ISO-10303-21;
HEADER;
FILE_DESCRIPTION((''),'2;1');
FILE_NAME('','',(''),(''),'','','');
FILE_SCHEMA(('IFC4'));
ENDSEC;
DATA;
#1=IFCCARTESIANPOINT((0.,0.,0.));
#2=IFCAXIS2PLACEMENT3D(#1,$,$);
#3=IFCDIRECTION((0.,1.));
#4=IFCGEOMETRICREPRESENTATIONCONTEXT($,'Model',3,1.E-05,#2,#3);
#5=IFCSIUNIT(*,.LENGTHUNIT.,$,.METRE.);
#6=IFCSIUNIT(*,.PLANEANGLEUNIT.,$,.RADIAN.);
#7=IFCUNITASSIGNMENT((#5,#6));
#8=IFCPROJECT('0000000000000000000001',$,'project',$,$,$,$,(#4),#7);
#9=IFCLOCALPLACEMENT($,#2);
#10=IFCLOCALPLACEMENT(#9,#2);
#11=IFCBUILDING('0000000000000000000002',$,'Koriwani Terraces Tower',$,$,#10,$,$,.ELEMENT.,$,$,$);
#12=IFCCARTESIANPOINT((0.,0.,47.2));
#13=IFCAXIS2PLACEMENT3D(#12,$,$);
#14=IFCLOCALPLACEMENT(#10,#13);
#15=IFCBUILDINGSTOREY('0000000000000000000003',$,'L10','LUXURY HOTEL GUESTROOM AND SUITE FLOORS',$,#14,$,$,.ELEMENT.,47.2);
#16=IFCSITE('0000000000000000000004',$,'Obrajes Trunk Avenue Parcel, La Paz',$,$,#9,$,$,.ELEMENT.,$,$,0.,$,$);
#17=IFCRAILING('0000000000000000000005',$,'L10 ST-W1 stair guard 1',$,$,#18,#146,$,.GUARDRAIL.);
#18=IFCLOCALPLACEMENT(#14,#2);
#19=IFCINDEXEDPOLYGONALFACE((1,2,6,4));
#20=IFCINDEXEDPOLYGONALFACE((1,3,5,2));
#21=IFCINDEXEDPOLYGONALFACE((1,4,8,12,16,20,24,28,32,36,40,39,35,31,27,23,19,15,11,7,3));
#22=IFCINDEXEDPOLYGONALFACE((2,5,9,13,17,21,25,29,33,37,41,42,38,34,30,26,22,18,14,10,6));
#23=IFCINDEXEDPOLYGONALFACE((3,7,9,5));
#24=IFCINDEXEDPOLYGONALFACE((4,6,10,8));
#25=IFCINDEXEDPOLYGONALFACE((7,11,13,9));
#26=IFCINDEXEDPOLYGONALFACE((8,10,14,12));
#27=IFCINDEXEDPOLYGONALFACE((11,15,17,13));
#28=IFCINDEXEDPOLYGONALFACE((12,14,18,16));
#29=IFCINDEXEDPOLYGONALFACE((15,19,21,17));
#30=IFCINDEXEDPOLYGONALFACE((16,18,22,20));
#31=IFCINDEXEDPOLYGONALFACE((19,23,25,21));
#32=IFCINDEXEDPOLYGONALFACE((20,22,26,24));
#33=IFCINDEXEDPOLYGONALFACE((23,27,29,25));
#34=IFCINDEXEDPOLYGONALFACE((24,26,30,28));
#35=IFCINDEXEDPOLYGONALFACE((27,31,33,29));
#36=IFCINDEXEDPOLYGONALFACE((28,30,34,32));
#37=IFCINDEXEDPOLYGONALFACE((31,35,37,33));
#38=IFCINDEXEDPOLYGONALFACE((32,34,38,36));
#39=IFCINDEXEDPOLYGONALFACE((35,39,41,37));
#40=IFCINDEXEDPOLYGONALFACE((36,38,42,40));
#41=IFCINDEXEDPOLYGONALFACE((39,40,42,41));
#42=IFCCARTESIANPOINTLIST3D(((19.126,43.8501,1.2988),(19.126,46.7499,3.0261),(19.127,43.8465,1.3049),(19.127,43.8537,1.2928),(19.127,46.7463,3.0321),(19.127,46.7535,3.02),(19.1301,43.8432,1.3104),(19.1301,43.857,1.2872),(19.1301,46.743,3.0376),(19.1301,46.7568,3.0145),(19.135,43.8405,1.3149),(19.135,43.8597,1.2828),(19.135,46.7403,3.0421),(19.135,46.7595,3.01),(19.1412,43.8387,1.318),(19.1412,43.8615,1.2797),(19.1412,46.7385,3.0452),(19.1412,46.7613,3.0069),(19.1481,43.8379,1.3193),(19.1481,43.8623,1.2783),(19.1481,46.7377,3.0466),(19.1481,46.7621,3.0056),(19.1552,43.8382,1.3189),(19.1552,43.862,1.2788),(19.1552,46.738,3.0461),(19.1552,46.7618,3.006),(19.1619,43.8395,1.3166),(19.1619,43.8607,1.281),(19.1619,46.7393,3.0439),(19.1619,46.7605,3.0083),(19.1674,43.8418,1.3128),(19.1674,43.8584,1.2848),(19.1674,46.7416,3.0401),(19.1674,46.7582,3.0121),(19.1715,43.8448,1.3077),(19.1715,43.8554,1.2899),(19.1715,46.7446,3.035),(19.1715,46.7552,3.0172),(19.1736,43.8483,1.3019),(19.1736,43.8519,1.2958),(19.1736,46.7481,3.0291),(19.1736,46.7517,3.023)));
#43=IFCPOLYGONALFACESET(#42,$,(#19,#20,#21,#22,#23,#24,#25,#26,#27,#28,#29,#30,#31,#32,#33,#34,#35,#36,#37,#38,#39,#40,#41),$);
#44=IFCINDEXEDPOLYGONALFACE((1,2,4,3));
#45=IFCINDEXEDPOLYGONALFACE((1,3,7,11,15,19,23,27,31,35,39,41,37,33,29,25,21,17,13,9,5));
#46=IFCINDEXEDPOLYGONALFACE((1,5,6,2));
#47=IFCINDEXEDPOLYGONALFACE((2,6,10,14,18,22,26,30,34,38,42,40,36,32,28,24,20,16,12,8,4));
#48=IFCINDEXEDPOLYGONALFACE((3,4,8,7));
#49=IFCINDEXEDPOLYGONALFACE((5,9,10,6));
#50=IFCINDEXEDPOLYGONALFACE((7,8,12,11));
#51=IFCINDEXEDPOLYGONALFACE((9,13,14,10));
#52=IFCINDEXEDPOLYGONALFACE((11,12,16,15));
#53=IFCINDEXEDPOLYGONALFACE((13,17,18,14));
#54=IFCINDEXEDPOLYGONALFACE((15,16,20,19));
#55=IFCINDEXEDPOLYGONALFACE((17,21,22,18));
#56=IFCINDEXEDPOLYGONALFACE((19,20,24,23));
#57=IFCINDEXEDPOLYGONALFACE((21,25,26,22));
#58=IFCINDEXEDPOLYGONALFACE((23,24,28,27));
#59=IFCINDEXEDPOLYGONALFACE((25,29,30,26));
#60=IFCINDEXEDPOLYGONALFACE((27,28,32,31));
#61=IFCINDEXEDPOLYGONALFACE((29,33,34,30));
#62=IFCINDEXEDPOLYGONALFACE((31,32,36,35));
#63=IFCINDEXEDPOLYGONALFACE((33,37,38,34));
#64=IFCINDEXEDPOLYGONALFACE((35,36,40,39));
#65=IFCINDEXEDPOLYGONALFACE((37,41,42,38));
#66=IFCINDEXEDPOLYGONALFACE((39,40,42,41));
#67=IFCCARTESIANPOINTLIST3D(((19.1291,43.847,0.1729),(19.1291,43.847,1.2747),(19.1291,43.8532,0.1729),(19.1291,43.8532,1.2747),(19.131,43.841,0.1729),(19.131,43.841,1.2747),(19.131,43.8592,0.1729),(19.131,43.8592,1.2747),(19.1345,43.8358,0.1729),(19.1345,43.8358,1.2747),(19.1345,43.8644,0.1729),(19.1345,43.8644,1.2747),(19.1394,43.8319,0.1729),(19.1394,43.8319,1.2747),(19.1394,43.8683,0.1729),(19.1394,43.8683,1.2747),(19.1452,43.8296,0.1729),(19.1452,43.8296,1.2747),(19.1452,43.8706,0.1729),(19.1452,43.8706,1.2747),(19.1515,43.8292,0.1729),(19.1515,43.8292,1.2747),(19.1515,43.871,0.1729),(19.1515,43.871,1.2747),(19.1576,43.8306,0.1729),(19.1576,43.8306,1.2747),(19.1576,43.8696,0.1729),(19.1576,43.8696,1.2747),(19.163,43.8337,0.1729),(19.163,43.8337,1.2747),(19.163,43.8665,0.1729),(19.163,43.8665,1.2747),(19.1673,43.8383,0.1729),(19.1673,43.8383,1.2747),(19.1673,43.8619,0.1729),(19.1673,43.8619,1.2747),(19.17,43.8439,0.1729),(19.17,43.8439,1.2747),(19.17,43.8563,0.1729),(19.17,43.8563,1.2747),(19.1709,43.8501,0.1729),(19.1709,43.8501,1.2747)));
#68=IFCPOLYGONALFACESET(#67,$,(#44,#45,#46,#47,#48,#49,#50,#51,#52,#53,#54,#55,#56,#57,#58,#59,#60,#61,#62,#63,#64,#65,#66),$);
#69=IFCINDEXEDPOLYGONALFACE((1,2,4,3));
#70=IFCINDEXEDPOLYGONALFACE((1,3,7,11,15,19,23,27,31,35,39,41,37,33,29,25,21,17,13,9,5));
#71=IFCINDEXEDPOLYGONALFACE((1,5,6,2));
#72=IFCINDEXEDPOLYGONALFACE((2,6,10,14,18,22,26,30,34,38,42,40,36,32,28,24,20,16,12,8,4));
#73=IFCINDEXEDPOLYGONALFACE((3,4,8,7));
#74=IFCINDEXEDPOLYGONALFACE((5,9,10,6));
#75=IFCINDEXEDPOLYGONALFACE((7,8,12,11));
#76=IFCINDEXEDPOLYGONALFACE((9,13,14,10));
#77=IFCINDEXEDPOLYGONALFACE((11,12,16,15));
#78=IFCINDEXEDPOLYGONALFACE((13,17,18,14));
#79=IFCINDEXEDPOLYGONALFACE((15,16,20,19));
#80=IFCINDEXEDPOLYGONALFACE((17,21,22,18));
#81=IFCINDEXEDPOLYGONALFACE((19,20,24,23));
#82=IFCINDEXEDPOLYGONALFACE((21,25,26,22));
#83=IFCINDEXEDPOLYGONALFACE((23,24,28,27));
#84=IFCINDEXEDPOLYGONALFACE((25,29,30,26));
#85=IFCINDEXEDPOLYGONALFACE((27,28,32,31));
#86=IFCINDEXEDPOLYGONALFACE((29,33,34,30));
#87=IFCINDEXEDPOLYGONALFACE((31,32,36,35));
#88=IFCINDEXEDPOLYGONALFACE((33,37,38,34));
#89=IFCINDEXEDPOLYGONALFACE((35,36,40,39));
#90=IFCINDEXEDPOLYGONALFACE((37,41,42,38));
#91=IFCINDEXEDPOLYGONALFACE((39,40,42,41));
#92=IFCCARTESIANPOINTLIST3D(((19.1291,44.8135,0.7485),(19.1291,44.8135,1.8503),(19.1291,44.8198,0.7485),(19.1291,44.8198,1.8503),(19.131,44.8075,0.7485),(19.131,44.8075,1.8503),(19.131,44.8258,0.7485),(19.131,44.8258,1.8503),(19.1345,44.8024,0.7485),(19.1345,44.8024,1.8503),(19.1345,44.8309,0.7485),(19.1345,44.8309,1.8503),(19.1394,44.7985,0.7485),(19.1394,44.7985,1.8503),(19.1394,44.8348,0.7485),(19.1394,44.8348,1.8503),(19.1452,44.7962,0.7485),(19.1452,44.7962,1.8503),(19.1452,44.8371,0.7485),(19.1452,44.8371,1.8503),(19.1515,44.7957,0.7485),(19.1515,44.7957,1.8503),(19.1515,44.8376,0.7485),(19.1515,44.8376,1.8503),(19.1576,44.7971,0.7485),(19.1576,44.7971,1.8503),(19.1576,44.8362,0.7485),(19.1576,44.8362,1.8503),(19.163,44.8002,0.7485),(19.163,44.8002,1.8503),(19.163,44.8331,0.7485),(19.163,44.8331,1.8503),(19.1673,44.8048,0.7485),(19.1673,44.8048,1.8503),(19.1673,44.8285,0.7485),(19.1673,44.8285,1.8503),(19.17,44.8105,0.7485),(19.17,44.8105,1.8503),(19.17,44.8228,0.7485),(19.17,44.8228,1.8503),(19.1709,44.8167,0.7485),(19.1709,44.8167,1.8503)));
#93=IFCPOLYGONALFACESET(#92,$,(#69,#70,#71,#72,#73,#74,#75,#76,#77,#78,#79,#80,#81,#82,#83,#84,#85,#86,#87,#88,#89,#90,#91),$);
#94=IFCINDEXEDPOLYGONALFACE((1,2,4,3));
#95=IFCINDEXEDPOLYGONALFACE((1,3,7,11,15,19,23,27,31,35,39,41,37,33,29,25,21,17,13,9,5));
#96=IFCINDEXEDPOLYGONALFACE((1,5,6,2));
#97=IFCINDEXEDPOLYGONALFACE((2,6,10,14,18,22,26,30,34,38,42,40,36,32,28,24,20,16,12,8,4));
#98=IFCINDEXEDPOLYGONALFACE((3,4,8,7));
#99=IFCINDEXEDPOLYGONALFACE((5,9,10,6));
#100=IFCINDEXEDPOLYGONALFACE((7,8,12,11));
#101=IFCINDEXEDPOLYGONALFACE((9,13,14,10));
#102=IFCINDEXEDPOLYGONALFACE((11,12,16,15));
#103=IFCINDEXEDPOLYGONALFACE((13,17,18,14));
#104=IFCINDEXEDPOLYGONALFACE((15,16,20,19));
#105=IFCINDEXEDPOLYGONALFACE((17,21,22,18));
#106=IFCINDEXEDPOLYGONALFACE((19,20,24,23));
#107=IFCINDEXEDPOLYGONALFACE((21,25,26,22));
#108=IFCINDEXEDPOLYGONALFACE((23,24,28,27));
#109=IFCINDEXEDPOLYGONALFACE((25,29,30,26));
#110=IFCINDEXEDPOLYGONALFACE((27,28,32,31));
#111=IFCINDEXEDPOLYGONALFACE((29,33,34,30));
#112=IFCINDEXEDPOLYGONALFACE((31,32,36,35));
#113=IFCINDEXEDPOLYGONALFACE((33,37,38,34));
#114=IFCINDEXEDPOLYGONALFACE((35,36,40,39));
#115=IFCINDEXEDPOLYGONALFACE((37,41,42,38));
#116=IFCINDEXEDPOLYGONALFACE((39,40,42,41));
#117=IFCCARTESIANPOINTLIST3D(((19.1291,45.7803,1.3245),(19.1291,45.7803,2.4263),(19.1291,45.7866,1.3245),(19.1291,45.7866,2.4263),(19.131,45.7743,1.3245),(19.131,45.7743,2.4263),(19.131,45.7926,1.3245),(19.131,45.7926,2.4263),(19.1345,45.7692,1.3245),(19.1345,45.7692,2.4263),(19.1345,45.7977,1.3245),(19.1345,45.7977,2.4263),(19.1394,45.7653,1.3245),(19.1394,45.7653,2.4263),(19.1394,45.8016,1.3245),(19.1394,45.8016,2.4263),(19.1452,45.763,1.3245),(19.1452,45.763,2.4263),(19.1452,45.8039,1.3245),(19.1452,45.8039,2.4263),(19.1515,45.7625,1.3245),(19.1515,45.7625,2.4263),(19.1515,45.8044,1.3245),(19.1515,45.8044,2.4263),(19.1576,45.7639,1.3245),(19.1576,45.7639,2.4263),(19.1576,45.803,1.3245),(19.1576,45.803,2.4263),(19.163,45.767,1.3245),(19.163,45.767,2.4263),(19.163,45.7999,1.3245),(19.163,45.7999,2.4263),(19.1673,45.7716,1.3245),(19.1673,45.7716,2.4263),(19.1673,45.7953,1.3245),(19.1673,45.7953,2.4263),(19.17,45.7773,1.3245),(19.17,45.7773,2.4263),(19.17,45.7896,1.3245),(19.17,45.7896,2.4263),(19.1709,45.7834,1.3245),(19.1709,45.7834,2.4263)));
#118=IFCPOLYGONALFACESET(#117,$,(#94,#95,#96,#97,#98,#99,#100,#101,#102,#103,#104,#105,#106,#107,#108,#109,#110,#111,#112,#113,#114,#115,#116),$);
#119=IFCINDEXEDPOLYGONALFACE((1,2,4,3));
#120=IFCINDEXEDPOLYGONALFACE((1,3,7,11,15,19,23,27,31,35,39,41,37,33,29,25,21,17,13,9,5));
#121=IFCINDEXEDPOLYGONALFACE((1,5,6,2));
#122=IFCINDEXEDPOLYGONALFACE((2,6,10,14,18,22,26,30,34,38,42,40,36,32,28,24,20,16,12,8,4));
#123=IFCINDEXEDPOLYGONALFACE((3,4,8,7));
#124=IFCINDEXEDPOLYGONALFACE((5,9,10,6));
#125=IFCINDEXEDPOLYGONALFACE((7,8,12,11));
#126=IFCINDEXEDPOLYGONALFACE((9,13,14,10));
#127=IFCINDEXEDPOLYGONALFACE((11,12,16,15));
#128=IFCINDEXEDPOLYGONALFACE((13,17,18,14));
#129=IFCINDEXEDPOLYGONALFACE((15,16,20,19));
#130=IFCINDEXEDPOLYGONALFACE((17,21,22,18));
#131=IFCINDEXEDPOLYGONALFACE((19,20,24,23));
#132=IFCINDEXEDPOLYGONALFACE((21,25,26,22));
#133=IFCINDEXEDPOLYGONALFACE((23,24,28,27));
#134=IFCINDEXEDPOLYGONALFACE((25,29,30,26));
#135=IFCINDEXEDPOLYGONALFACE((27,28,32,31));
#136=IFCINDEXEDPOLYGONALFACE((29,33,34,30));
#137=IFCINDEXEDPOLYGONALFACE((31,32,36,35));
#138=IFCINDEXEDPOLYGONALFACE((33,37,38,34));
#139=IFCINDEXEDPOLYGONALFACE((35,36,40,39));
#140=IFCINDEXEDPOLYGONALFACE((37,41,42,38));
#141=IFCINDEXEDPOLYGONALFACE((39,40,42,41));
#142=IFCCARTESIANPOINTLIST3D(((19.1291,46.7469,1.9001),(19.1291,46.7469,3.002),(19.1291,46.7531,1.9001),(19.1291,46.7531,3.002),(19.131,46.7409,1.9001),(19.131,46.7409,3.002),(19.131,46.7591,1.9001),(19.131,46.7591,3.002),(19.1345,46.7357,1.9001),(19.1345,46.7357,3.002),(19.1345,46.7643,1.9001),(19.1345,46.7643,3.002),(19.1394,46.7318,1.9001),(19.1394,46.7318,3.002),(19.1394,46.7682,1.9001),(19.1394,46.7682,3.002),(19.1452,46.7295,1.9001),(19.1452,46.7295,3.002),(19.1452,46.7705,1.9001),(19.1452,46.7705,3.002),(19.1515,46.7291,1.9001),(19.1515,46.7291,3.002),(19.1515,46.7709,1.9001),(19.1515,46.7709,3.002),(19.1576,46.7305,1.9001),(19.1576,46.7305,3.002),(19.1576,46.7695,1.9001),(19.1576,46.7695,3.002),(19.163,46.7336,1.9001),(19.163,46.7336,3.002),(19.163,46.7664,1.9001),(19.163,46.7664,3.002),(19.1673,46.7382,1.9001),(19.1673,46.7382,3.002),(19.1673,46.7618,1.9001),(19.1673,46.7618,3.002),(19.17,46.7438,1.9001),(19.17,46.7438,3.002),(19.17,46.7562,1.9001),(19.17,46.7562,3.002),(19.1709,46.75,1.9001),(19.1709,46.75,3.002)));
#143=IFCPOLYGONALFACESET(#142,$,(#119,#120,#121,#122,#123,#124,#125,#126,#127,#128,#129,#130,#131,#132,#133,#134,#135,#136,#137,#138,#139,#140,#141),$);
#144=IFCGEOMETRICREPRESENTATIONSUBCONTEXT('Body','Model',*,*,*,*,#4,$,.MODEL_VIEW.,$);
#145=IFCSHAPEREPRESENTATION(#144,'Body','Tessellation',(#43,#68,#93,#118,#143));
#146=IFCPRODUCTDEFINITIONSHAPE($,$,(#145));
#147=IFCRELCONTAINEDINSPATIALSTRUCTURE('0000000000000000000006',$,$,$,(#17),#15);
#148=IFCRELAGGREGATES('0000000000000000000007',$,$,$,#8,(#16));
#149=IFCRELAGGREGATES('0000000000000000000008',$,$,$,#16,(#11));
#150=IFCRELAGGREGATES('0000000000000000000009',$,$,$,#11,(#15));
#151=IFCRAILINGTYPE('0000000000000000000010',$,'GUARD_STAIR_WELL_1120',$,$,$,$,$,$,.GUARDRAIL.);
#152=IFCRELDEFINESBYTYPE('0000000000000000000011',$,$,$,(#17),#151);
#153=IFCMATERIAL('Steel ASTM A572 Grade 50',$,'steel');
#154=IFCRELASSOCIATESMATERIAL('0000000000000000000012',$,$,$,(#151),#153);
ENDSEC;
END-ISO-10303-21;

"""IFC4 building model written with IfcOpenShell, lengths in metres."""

from ifc_helpers import new_model, si_unit, direction, frame, origin, origin_2d, place, context, subcontext, project, spatial, circle, extrude, material, type_object, element, save


model = new_model("IFC4")

# Units and contexts
model_context = context("Model", 3, precision=1e-05, world=origin(), true_north=direction((0.0, 1.0)))
body_context = subcontext(model_context, "Body", "Model", "MODEL_VIEW")
ifc_project = project(units=[si_unit("LENGTHUNIT", "METRE"), si_unit("PLANEANGLEUNIT", "RADIAN")], contexts=[model_context])

# Site, building, storey
site_placement = place(None, origin())
site = spatial("IfcSite", under=ifc_project, at=site_placement, Name="Obrajes Trunk Avenue Parcel, La Paz", CompositionType="ELEMENT", RefElevation=0.0)
building_placement = place(site_placement, origin())
building = spatial("IfcBuilding", under=site, at=building_placement, Name="Koriwani Terraces Tower", CompositionType="ELEMENT")
storey_placement = place(building_placement, frame((0.0, 0.0, 47.2)))
storey = spatial("IfcBuildingStorey", under=building, at=storey_placement, Name="L10", Description="LUXURY HOTEL GUESTROOM AND SUITE FLOORS", CompositionType="ELEMENT", Elevation=47.2)

# Shared definitions
ifc_material_1 = material(Name="Steel ASTM A572 Grade 50", Category="steel")

# Railing
railing_type_1 = type_object("IfcRailingType", Name="GUARD_STAIR_WELL_1120", PredefinedType="GUARDRAIL", material=ifc_material_1)
railing_1_placement = place(storey_placement, frame((19.1499, 43.8501, 0.1729)))
element("IfcRailing", 1, at=railing_1_placement, inside=storey, type_object=railing_type_1, Name="L10 ST-W1 stair guard 1", PredefinedType="GUARDRAIL", context=body_context, shape_type="SweptSolid", body=[
    extrude(circle(Radius=0.0239, at=origin_2d()), frame((0.0, 0.0, 1.126), z_axis=(0.0, 0.859141, 0.511738), x_axis=(-1.0, 0.0, 0.0)), (0.0, 0.0, 1.0), 3.3752),
    extrude(circle(Radius=0.021, at=origin_2d()), origin(), (0.0, 0.0, 1.0), 1.1018),
    extrude(circle(Radius=0.021, at=origin_2d()), frame((0.0, 0.9666, 0.5757)), (0.0, 0.0, 1.0), 1.1018),
    extrude(circle(Radius=0.021, at=origin_2d()), frame((0.0, 1.9333, 1.1516)), (0.0, 0.0, 1.0), 1.1018),
    extrude(circle(Radius=0.021, at=origin_2d()), frame((0.0, 2.8999, 1.7273)), (0.0, 0.0, 1.0), 1.1018),
])

save(model, "model.ifc")
